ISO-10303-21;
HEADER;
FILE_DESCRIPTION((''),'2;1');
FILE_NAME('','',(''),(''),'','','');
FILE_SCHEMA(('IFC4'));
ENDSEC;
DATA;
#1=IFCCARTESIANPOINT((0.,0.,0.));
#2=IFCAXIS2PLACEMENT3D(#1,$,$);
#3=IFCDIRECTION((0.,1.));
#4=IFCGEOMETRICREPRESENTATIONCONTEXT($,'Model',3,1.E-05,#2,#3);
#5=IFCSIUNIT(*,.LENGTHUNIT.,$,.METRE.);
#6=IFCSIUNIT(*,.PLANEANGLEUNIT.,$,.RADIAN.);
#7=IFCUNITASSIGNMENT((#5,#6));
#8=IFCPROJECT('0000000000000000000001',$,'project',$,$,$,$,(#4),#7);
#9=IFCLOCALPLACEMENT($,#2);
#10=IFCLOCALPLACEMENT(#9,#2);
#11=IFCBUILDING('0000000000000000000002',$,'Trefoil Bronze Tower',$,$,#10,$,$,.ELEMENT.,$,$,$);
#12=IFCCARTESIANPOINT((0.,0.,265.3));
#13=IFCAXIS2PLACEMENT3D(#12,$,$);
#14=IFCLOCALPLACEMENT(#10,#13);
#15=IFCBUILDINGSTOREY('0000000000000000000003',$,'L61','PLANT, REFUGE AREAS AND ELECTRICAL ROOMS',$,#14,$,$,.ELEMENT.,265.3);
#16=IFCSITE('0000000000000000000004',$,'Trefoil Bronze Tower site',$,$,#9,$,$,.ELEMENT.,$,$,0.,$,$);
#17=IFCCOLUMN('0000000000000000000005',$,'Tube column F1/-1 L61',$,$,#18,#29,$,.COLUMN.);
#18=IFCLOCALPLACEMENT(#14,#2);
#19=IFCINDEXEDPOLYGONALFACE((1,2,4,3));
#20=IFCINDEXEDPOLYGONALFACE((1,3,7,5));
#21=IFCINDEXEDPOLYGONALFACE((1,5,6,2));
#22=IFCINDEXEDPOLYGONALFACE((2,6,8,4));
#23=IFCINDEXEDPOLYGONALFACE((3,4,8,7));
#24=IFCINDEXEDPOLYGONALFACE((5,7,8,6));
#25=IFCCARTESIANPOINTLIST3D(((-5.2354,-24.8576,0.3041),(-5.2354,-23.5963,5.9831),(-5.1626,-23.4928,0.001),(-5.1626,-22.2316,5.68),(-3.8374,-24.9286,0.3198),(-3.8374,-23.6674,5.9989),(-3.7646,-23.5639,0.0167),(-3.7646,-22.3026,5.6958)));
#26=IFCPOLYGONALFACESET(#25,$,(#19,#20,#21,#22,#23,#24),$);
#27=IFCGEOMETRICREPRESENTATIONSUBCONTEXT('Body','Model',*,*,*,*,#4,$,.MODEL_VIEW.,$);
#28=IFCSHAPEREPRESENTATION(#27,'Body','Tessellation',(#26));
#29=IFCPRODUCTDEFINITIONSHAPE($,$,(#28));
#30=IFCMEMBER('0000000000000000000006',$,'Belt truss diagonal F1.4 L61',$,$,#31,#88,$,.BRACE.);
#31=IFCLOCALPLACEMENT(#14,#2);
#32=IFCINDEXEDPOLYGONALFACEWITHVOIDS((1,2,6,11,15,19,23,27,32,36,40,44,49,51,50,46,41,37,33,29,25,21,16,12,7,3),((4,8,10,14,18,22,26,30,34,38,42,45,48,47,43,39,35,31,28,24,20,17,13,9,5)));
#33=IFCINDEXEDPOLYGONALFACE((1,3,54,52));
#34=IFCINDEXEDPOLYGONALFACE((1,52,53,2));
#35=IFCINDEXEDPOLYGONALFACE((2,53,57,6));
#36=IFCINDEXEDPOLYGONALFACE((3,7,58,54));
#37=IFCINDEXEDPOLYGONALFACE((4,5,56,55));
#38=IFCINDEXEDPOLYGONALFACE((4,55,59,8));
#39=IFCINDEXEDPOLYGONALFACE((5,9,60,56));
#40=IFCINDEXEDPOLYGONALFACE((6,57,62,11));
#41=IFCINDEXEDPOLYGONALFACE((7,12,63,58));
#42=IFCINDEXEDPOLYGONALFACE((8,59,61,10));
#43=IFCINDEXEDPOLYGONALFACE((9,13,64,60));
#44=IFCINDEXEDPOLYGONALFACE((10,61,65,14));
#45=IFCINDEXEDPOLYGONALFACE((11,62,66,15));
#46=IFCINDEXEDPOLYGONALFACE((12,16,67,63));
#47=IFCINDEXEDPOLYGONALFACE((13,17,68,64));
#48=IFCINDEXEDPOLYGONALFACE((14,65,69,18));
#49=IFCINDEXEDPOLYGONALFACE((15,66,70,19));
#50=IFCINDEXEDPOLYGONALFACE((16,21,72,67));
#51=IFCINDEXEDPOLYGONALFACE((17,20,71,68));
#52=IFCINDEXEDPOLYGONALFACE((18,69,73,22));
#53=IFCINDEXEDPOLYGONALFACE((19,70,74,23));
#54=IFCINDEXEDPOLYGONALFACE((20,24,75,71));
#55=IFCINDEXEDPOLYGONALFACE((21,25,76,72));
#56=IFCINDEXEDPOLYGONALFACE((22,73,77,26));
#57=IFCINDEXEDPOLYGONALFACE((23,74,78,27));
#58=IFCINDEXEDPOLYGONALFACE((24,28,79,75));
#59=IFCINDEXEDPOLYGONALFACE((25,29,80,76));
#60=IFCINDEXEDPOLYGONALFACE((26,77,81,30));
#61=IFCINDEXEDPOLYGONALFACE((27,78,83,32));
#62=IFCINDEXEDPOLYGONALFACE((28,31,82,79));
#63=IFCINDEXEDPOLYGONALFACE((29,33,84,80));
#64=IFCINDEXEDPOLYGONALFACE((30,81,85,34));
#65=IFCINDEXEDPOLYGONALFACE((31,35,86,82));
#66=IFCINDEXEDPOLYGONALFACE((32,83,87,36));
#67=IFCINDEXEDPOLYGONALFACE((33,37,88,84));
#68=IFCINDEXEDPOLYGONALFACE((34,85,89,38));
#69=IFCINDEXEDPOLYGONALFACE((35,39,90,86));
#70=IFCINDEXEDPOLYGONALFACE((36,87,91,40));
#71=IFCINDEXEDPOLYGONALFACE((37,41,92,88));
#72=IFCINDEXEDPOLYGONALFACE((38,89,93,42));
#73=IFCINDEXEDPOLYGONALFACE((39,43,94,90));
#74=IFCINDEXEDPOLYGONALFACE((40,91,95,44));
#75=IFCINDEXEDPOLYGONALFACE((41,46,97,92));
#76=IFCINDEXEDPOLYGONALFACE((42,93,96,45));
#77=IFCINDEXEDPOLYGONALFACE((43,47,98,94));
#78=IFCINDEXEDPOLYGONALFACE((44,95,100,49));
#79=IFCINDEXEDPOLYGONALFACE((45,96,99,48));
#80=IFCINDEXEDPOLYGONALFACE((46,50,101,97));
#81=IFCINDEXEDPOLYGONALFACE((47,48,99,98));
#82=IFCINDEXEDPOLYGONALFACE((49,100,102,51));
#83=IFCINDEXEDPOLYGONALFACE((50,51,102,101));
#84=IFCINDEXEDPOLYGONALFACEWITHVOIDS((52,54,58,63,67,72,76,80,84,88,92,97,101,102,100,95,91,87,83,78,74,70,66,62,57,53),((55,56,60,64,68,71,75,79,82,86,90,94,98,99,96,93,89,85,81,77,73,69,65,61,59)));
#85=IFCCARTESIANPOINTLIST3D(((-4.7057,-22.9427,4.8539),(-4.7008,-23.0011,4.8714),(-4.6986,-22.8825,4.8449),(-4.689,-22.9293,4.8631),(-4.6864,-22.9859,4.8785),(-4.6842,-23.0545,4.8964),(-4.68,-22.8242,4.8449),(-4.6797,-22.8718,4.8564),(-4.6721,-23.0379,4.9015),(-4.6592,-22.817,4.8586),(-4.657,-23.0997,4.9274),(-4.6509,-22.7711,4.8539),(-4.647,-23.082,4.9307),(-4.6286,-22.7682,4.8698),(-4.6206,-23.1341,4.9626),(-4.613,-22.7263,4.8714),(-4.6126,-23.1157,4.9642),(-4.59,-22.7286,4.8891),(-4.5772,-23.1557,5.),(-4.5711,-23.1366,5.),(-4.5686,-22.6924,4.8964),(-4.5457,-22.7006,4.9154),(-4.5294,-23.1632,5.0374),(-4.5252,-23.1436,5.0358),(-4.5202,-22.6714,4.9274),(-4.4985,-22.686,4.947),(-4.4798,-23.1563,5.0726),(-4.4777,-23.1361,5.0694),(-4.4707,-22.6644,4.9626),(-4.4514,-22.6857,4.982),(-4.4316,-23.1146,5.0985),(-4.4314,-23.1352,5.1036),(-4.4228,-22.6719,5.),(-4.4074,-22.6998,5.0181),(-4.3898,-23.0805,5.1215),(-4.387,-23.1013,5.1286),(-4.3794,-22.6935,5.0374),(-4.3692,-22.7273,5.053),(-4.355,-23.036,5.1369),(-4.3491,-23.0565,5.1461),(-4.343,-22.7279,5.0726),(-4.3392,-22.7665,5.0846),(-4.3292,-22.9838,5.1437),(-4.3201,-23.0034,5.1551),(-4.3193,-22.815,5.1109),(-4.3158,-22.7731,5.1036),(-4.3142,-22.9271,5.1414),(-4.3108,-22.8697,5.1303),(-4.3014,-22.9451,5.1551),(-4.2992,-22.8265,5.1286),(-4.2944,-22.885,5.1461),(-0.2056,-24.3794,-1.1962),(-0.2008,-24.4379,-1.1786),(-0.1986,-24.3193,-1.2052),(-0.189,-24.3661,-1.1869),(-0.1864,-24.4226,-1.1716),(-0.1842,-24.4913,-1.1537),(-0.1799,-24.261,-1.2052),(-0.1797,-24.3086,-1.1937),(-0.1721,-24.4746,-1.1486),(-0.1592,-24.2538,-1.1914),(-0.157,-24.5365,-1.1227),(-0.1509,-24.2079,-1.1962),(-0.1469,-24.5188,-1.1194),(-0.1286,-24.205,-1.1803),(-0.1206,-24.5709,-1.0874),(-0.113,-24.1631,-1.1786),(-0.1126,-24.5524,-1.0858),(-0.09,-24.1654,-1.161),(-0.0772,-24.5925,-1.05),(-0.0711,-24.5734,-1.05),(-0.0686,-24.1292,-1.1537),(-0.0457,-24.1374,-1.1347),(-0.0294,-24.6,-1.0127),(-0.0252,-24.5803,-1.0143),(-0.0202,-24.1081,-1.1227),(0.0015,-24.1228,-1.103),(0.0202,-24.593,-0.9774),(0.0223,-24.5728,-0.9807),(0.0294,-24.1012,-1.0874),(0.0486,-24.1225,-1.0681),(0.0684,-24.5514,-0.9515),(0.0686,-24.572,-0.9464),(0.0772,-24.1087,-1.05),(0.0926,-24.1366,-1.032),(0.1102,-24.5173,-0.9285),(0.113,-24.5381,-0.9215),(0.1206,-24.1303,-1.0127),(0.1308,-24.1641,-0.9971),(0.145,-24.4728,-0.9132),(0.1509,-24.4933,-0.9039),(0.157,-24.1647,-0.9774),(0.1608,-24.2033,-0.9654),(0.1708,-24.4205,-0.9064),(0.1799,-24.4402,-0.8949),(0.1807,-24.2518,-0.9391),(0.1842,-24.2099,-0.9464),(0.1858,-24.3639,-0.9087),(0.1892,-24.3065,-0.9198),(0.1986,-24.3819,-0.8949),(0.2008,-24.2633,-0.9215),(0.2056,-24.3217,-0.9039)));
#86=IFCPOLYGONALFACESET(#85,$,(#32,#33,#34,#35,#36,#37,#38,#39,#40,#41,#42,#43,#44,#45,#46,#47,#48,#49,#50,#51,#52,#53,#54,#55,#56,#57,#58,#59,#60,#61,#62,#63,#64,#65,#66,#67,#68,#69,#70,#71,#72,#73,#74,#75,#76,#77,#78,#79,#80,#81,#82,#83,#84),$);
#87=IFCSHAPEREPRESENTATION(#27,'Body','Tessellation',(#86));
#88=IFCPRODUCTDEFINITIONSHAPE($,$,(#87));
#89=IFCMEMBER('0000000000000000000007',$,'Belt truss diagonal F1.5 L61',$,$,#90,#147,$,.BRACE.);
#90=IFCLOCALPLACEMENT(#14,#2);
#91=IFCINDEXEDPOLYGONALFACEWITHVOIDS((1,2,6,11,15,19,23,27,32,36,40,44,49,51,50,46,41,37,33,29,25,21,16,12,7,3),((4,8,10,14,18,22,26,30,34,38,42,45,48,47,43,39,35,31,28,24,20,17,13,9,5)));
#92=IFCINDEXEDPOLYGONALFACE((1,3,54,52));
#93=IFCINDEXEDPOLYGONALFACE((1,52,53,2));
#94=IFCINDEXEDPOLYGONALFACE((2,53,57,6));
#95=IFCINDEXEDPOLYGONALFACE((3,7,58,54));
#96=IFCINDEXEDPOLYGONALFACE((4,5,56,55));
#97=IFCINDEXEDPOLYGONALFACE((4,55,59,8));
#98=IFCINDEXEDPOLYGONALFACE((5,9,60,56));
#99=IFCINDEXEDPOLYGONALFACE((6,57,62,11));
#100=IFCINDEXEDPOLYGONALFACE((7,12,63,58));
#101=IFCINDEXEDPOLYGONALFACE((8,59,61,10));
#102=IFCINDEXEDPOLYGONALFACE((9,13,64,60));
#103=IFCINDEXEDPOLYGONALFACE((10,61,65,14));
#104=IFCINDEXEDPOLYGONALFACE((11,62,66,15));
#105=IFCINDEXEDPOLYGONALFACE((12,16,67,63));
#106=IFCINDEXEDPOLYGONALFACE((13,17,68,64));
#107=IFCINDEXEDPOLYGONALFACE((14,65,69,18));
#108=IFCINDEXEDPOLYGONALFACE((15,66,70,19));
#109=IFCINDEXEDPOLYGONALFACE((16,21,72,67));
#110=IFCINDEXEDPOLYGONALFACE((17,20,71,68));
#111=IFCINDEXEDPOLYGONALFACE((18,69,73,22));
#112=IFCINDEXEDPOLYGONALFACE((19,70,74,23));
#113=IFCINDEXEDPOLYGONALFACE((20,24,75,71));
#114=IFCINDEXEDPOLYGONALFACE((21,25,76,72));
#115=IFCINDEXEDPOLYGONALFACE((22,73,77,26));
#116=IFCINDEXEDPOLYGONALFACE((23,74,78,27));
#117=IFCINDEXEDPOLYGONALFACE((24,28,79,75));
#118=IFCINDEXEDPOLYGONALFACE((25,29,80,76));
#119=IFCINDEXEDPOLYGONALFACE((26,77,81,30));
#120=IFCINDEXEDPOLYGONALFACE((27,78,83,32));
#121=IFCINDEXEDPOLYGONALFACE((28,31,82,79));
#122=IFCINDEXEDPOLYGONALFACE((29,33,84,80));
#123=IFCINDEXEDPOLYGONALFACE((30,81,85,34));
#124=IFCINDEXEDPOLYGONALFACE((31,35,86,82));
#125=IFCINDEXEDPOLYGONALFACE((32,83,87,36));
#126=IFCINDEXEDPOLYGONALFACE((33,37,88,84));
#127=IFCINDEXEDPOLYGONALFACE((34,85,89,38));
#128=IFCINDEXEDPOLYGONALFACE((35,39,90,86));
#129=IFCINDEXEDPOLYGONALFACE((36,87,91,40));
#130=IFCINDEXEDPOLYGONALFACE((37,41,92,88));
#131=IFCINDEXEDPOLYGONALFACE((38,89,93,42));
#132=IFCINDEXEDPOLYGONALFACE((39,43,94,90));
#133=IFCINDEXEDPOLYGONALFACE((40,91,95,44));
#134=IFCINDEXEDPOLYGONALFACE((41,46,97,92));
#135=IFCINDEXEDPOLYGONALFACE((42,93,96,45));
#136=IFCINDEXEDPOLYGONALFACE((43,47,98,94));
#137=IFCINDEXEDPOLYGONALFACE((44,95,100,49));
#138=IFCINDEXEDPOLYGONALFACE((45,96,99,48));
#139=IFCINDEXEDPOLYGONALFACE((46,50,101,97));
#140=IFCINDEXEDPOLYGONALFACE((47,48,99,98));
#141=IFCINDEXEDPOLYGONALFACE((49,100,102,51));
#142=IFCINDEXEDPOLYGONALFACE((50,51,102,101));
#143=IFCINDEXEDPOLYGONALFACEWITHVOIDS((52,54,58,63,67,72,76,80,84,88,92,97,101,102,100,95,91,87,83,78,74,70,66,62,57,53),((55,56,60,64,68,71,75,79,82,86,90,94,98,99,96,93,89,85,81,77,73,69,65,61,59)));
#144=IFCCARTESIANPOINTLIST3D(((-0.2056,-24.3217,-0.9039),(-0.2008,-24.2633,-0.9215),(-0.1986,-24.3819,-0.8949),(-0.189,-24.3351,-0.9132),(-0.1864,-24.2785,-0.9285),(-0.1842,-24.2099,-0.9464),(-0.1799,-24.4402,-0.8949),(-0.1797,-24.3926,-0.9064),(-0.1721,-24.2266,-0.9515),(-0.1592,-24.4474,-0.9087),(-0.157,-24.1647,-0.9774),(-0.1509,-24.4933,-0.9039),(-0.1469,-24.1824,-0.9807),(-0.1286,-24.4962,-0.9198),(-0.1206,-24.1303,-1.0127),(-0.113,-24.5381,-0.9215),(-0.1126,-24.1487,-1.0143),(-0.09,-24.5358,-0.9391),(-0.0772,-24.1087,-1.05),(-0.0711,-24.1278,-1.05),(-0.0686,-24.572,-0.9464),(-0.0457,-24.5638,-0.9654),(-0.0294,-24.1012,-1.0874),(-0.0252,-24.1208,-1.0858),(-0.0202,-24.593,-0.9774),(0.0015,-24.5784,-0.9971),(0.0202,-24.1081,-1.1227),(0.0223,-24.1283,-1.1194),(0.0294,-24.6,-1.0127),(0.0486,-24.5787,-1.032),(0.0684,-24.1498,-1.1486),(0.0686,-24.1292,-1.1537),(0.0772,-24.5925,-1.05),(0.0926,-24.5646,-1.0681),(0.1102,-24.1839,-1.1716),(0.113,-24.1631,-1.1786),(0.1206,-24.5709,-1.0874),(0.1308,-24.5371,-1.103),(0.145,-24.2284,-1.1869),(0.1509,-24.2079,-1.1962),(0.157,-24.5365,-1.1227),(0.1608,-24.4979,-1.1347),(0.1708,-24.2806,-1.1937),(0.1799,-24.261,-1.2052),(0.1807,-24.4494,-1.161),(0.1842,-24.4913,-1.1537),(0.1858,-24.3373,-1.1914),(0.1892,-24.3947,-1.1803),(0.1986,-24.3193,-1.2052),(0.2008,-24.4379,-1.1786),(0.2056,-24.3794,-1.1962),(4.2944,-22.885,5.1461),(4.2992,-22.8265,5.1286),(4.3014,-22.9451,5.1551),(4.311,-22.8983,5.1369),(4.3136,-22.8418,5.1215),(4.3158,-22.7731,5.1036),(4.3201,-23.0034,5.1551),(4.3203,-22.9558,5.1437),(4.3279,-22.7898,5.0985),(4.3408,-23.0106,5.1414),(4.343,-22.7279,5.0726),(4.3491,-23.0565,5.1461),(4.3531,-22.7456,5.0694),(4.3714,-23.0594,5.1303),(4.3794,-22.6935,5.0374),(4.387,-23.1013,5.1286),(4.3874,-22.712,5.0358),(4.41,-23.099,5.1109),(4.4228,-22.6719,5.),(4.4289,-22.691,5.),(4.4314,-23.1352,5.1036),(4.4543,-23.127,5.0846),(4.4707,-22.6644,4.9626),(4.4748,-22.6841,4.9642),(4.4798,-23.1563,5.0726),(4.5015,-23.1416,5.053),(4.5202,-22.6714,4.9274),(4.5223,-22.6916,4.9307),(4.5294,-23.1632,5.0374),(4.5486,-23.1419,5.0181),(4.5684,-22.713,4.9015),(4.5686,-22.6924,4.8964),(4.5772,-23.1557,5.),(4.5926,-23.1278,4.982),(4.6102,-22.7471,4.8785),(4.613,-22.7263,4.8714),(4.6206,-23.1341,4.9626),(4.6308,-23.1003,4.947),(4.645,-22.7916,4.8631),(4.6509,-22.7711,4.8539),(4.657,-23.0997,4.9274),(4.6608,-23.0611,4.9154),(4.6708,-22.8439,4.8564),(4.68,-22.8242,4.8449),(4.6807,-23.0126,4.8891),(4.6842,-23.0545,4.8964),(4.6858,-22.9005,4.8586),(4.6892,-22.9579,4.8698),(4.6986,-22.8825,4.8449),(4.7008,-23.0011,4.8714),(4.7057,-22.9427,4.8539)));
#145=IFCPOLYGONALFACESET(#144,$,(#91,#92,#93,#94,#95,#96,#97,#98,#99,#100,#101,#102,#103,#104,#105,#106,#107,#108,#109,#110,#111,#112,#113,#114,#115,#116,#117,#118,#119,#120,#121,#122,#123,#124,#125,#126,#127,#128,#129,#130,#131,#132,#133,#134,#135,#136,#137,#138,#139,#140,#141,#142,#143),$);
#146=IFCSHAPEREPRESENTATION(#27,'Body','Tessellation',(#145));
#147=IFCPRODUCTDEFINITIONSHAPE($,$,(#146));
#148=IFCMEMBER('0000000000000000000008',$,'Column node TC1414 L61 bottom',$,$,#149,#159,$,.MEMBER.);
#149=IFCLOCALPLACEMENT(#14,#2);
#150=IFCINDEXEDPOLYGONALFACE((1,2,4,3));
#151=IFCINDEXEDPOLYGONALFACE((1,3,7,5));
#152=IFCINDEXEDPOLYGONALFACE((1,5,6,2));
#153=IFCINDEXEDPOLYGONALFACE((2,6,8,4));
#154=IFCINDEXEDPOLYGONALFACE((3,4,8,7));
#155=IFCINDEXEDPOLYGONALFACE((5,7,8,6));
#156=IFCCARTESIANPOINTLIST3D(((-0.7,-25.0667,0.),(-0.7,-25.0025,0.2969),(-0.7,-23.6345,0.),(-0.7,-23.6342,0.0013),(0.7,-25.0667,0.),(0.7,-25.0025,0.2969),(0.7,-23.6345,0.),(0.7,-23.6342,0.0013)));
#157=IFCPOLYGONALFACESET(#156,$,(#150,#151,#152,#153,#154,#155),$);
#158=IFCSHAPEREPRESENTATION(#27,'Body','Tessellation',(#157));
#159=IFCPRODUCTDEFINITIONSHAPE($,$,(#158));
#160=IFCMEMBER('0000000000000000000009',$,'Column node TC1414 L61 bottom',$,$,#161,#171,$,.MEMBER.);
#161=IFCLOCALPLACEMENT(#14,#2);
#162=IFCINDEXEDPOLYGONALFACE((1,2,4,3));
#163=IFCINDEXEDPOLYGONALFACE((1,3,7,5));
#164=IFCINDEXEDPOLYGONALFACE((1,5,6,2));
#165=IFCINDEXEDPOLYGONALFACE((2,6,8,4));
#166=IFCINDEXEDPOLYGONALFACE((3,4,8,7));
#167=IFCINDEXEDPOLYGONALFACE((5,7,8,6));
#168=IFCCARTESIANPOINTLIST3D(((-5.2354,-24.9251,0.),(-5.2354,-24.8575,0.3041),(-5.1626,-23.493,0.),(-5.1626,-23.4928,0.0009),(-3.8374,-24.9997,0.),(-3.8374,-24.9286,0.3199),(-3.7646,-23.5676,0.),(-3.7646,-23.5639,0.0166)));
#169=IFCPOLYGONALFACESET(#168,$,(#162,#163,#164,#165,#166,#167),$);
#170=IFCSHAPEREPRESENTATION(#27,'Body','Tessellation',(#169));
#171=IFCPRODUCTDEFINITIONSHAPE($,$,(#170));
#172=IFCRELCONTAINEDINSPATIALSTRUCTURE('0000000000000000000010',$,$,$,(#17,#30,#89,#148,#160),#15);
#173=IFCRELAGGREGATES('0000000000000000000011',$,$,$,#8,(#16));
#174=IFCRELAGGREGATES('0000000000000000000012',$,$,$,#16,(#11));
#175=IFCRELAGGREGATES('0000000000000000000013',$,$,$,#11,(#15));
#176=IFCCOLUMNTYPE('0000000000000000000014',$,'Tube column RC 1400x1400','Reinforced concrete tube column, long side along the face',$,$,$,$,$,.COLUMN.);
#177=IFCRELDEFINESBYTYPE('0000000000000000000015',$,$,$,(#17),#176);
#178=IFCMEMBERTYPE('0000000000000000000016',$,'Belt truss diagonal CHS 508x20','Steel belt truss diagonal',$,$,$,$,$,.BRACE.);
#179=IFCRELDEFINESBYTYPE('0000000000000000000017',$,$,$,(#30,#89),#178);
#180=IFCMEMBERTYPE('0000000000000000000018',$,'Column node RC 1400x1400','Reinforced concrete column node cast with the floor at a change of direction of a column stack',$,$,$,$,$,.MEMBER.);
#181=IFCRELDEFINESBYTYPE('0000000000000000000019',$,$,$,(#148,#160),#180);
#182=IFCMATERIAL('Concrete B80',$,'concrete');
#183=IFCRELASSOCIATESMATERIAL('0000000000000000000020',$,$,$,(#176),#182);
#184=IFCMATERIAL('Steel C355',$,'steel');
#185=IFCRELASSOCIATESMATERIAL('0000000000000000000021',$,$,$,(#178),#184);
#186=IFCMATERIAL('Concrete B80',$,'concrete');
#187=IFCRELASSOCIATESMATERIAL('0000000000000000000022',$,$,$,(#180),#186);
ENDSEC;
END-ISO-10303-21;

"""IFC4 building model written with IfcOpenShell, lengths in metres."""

from ifc_helpers import new_model, si_unit, direction, frame, origin, origin_2d, place, context, subcontext, project, spatial, rectangle, hollow_circle, extrude, clip, halfspace, material, material_profile, profile_set, type_object, element, save


model = new_model("IFC4")

# Units and contexts
model_context = context("Model", 3, precision=1e-05, world=origin(), true_north=direction((0.0, 1.0)))
body_context = subcontext(model_context, "Body", "Model", "MODEL_VIEW")
ifc_project = project(units=[si_unit("LENGTHUNIT", "METRE"), si_unit("PLANEANGLEUNIT", "RADIAN")], contexts=[model_context])

# Site, building, storey
site_placement = place(None, origin())
site = spatial("IfcSite", under=ifc_project, at=site_placement, Name="Trefoil Bronze Tower site", CompositionType="ELEMENT", RefElevation=0.0)
building_placement = place(site_placement, origin())
building = spatial("IfcBuilding", under=site, at=building_placement, Name="Trefoil Bronze Tower", CompositionType="ELEMENT")
storey_placement = place(building_placement, frame((0.0, 0.0, 265.3)))
storey = spatial("IfcBuildingStorey", under=building, at=storey_placement, Name="L61", Description="PLANT, REFUGE AREAS AND ELECTRICAL ROOMS", CompositionType="ELEMENT", Elevation=265.3)

# Column
ifc_material_1 = material(Name="Concrete B80", Category="concrete")
ifc_material_profile_1 = material_profile(ifc_material_1, rectangle(XDim=1.3999, YDim=1.3999, at=origin_2d()), Name="RC 1400x1400")
ifc_profile_set_1 = profile_set([ifc_material_profile_1], Name="Concrete B80")
column_type = type_object("IfcColumnType", Name="Tube column RC 1400x1400", Description="Reinforced concrete tube column, long side along the face", PredefinedType="COLUMN", material=ifc_profile_set_1)
column_1_placement = place(storey_placement, frame((-4.5, -24.2463, 0.0), z_axis=(0.0, 0.216804, 0.976215), x_axis=(0.998647, -0.050756, 0.011272)))
element("IfcColumn", 1, at=column_1_placement, inside=storey, type_object=column_type, Name="Tube column F1/-1 L61", PredefinedType="COLUMN", context=body_context, shape_type="Clipping", body=[
    clip(clip(extrude(rectangle(XDim=1.3999, YDim=1.3999, at=origin_2d()), origin(), (0.0, 0.0, 1.0), 6.1462), halfspace(frame((0.0, 0.0, 0.1643), z_axis=(0.0, -0.000002, 1.0), x_axis=(0.0, 1.0, 0.000002)), True)), halfspace(frame((0.0, 0.0, 5.9817), z_axis=(0.0, 0.000002, -1.0), x_axis=(0.0, -1.0, -0.000002)), True)),
])

# Members
ifc_material_2 = material(Name="Steel C355", Category="steel")
ifc_material_profile_2 = material_profile(ifc_material_2, hollow_circle(Radius=0.2539, WallThickness=0.02, at=origin_2d()), Name="CHS 508x20")
ifc_profile_set_2 = profile_set([ifc_material_profile_2], Name="Steel C355")
member_type_1 = type_object("IfcMemberType", Name="Belt truss diagonal CHS 508x20", Description="Steel belt truss diagonal", PredefinedType="BRACE", material=ifc_profile_set_2)
for number, where, z_axis, x_axis, name in (
    (2, (0.0, -24.3506, -1.05), (-0.586261, 0.187182, 0.788201), (-0.304155, -0.952623, 0.0), "Belt truss diagonal F1.4 L61"),
    (3, (0.0, -24.3506, -1.05), (0.586261, 0.187182, 0.788201), (-0.304155, 0.952623, 0.0), "Belt truss diagonal F1.5 L61"),
):
    element("IfcMember", number, at=place(storey_placement, frame(where, z_axis=z_axis, x_axis=x_axis)), inside=storey, type_object=member_type_1, Name=name, PredefinedType="BRACE", context=body_context, shape_type="SweptSolid", body=[
        extrude(hollow_circle(Radius=0.2539, WallThickness=0.02, at=origin_2d()), origin(), (0.0, 0.0, 1.0), 7.6758),
    ])
ifc_material_3 = material(Name="Concrete B80", Category="concrete")
ifc_material_profile_3 = material_profile(ifc_material_3, rectangle(XDim=1.3999, YDim=1.3999, at=origin_2d()), Name="RC 1400x1400")
ifc_profile_set_3 = profile_set([ifc_material_profile_3], Name="Concrete B80")
member_type_2 = type_object("IfcMemberType", Name="Column node RC 1400x1400", Description="Reinforced concrete column node cast with the floor at a change of direction of a column stack", PredefinedType="MEMBER", material=ifc_profile_set_3)
member_1_placement = place(storey_placement, frame((0.0, -24.3828, -0.1492), z_axis=(0.0, 0.211168, 0.97745), x_axis=(1.0, 0.0, 0.0)))
element("IfcMember", 4, at=member_1_placement, inside=storey, type_object=member_type_2, Name="Column node TC1414 L61 bottom", PredefinedType="MEMBER", context=body_context, shape_type="Clipping", body=[
    clip(extrude(rectangle(XDim=1.3999, YDim=1.3999, at=origin_2d()), origin(), (0.0, 0.0, 1.0), 0.3052), halfspace(frame((0.0, 0.0, 0.1526), z_axis=(0.0, -0.211168, 0.97745), x_axis=(0.0, 0.97745, 0.211168)), True)),
])
member_2_placement = place(storey_placement, frame((-4.5, -24.282, -0.1604), z_axis=(0.0, 0.21693, 0.976187), x_axis=(0.998647, -0.050755, 0.011279)))
element("IfcMember", 5, at=member_2_placement, inside=storey, type_object=member_type_2, Name="Column node TC1414 L61 bottom", PredefinedType="MEMBER", context=body_context, shape_type="Clipping", body=[
    clip(extrude(rectangle(XDim=1.3999, YDim=1.3999, at=origin_2d()), origin(), (0.0, 0.0, 1.0), 0.3286), halfspace(frame((0.0, 0.0, 0.1643), z_axis=(0.011279, -0.216637, 0.976187), x_axis=(0.0, 0.976249, 0.216651)), True)),
])

save(model, "model.ifc")
